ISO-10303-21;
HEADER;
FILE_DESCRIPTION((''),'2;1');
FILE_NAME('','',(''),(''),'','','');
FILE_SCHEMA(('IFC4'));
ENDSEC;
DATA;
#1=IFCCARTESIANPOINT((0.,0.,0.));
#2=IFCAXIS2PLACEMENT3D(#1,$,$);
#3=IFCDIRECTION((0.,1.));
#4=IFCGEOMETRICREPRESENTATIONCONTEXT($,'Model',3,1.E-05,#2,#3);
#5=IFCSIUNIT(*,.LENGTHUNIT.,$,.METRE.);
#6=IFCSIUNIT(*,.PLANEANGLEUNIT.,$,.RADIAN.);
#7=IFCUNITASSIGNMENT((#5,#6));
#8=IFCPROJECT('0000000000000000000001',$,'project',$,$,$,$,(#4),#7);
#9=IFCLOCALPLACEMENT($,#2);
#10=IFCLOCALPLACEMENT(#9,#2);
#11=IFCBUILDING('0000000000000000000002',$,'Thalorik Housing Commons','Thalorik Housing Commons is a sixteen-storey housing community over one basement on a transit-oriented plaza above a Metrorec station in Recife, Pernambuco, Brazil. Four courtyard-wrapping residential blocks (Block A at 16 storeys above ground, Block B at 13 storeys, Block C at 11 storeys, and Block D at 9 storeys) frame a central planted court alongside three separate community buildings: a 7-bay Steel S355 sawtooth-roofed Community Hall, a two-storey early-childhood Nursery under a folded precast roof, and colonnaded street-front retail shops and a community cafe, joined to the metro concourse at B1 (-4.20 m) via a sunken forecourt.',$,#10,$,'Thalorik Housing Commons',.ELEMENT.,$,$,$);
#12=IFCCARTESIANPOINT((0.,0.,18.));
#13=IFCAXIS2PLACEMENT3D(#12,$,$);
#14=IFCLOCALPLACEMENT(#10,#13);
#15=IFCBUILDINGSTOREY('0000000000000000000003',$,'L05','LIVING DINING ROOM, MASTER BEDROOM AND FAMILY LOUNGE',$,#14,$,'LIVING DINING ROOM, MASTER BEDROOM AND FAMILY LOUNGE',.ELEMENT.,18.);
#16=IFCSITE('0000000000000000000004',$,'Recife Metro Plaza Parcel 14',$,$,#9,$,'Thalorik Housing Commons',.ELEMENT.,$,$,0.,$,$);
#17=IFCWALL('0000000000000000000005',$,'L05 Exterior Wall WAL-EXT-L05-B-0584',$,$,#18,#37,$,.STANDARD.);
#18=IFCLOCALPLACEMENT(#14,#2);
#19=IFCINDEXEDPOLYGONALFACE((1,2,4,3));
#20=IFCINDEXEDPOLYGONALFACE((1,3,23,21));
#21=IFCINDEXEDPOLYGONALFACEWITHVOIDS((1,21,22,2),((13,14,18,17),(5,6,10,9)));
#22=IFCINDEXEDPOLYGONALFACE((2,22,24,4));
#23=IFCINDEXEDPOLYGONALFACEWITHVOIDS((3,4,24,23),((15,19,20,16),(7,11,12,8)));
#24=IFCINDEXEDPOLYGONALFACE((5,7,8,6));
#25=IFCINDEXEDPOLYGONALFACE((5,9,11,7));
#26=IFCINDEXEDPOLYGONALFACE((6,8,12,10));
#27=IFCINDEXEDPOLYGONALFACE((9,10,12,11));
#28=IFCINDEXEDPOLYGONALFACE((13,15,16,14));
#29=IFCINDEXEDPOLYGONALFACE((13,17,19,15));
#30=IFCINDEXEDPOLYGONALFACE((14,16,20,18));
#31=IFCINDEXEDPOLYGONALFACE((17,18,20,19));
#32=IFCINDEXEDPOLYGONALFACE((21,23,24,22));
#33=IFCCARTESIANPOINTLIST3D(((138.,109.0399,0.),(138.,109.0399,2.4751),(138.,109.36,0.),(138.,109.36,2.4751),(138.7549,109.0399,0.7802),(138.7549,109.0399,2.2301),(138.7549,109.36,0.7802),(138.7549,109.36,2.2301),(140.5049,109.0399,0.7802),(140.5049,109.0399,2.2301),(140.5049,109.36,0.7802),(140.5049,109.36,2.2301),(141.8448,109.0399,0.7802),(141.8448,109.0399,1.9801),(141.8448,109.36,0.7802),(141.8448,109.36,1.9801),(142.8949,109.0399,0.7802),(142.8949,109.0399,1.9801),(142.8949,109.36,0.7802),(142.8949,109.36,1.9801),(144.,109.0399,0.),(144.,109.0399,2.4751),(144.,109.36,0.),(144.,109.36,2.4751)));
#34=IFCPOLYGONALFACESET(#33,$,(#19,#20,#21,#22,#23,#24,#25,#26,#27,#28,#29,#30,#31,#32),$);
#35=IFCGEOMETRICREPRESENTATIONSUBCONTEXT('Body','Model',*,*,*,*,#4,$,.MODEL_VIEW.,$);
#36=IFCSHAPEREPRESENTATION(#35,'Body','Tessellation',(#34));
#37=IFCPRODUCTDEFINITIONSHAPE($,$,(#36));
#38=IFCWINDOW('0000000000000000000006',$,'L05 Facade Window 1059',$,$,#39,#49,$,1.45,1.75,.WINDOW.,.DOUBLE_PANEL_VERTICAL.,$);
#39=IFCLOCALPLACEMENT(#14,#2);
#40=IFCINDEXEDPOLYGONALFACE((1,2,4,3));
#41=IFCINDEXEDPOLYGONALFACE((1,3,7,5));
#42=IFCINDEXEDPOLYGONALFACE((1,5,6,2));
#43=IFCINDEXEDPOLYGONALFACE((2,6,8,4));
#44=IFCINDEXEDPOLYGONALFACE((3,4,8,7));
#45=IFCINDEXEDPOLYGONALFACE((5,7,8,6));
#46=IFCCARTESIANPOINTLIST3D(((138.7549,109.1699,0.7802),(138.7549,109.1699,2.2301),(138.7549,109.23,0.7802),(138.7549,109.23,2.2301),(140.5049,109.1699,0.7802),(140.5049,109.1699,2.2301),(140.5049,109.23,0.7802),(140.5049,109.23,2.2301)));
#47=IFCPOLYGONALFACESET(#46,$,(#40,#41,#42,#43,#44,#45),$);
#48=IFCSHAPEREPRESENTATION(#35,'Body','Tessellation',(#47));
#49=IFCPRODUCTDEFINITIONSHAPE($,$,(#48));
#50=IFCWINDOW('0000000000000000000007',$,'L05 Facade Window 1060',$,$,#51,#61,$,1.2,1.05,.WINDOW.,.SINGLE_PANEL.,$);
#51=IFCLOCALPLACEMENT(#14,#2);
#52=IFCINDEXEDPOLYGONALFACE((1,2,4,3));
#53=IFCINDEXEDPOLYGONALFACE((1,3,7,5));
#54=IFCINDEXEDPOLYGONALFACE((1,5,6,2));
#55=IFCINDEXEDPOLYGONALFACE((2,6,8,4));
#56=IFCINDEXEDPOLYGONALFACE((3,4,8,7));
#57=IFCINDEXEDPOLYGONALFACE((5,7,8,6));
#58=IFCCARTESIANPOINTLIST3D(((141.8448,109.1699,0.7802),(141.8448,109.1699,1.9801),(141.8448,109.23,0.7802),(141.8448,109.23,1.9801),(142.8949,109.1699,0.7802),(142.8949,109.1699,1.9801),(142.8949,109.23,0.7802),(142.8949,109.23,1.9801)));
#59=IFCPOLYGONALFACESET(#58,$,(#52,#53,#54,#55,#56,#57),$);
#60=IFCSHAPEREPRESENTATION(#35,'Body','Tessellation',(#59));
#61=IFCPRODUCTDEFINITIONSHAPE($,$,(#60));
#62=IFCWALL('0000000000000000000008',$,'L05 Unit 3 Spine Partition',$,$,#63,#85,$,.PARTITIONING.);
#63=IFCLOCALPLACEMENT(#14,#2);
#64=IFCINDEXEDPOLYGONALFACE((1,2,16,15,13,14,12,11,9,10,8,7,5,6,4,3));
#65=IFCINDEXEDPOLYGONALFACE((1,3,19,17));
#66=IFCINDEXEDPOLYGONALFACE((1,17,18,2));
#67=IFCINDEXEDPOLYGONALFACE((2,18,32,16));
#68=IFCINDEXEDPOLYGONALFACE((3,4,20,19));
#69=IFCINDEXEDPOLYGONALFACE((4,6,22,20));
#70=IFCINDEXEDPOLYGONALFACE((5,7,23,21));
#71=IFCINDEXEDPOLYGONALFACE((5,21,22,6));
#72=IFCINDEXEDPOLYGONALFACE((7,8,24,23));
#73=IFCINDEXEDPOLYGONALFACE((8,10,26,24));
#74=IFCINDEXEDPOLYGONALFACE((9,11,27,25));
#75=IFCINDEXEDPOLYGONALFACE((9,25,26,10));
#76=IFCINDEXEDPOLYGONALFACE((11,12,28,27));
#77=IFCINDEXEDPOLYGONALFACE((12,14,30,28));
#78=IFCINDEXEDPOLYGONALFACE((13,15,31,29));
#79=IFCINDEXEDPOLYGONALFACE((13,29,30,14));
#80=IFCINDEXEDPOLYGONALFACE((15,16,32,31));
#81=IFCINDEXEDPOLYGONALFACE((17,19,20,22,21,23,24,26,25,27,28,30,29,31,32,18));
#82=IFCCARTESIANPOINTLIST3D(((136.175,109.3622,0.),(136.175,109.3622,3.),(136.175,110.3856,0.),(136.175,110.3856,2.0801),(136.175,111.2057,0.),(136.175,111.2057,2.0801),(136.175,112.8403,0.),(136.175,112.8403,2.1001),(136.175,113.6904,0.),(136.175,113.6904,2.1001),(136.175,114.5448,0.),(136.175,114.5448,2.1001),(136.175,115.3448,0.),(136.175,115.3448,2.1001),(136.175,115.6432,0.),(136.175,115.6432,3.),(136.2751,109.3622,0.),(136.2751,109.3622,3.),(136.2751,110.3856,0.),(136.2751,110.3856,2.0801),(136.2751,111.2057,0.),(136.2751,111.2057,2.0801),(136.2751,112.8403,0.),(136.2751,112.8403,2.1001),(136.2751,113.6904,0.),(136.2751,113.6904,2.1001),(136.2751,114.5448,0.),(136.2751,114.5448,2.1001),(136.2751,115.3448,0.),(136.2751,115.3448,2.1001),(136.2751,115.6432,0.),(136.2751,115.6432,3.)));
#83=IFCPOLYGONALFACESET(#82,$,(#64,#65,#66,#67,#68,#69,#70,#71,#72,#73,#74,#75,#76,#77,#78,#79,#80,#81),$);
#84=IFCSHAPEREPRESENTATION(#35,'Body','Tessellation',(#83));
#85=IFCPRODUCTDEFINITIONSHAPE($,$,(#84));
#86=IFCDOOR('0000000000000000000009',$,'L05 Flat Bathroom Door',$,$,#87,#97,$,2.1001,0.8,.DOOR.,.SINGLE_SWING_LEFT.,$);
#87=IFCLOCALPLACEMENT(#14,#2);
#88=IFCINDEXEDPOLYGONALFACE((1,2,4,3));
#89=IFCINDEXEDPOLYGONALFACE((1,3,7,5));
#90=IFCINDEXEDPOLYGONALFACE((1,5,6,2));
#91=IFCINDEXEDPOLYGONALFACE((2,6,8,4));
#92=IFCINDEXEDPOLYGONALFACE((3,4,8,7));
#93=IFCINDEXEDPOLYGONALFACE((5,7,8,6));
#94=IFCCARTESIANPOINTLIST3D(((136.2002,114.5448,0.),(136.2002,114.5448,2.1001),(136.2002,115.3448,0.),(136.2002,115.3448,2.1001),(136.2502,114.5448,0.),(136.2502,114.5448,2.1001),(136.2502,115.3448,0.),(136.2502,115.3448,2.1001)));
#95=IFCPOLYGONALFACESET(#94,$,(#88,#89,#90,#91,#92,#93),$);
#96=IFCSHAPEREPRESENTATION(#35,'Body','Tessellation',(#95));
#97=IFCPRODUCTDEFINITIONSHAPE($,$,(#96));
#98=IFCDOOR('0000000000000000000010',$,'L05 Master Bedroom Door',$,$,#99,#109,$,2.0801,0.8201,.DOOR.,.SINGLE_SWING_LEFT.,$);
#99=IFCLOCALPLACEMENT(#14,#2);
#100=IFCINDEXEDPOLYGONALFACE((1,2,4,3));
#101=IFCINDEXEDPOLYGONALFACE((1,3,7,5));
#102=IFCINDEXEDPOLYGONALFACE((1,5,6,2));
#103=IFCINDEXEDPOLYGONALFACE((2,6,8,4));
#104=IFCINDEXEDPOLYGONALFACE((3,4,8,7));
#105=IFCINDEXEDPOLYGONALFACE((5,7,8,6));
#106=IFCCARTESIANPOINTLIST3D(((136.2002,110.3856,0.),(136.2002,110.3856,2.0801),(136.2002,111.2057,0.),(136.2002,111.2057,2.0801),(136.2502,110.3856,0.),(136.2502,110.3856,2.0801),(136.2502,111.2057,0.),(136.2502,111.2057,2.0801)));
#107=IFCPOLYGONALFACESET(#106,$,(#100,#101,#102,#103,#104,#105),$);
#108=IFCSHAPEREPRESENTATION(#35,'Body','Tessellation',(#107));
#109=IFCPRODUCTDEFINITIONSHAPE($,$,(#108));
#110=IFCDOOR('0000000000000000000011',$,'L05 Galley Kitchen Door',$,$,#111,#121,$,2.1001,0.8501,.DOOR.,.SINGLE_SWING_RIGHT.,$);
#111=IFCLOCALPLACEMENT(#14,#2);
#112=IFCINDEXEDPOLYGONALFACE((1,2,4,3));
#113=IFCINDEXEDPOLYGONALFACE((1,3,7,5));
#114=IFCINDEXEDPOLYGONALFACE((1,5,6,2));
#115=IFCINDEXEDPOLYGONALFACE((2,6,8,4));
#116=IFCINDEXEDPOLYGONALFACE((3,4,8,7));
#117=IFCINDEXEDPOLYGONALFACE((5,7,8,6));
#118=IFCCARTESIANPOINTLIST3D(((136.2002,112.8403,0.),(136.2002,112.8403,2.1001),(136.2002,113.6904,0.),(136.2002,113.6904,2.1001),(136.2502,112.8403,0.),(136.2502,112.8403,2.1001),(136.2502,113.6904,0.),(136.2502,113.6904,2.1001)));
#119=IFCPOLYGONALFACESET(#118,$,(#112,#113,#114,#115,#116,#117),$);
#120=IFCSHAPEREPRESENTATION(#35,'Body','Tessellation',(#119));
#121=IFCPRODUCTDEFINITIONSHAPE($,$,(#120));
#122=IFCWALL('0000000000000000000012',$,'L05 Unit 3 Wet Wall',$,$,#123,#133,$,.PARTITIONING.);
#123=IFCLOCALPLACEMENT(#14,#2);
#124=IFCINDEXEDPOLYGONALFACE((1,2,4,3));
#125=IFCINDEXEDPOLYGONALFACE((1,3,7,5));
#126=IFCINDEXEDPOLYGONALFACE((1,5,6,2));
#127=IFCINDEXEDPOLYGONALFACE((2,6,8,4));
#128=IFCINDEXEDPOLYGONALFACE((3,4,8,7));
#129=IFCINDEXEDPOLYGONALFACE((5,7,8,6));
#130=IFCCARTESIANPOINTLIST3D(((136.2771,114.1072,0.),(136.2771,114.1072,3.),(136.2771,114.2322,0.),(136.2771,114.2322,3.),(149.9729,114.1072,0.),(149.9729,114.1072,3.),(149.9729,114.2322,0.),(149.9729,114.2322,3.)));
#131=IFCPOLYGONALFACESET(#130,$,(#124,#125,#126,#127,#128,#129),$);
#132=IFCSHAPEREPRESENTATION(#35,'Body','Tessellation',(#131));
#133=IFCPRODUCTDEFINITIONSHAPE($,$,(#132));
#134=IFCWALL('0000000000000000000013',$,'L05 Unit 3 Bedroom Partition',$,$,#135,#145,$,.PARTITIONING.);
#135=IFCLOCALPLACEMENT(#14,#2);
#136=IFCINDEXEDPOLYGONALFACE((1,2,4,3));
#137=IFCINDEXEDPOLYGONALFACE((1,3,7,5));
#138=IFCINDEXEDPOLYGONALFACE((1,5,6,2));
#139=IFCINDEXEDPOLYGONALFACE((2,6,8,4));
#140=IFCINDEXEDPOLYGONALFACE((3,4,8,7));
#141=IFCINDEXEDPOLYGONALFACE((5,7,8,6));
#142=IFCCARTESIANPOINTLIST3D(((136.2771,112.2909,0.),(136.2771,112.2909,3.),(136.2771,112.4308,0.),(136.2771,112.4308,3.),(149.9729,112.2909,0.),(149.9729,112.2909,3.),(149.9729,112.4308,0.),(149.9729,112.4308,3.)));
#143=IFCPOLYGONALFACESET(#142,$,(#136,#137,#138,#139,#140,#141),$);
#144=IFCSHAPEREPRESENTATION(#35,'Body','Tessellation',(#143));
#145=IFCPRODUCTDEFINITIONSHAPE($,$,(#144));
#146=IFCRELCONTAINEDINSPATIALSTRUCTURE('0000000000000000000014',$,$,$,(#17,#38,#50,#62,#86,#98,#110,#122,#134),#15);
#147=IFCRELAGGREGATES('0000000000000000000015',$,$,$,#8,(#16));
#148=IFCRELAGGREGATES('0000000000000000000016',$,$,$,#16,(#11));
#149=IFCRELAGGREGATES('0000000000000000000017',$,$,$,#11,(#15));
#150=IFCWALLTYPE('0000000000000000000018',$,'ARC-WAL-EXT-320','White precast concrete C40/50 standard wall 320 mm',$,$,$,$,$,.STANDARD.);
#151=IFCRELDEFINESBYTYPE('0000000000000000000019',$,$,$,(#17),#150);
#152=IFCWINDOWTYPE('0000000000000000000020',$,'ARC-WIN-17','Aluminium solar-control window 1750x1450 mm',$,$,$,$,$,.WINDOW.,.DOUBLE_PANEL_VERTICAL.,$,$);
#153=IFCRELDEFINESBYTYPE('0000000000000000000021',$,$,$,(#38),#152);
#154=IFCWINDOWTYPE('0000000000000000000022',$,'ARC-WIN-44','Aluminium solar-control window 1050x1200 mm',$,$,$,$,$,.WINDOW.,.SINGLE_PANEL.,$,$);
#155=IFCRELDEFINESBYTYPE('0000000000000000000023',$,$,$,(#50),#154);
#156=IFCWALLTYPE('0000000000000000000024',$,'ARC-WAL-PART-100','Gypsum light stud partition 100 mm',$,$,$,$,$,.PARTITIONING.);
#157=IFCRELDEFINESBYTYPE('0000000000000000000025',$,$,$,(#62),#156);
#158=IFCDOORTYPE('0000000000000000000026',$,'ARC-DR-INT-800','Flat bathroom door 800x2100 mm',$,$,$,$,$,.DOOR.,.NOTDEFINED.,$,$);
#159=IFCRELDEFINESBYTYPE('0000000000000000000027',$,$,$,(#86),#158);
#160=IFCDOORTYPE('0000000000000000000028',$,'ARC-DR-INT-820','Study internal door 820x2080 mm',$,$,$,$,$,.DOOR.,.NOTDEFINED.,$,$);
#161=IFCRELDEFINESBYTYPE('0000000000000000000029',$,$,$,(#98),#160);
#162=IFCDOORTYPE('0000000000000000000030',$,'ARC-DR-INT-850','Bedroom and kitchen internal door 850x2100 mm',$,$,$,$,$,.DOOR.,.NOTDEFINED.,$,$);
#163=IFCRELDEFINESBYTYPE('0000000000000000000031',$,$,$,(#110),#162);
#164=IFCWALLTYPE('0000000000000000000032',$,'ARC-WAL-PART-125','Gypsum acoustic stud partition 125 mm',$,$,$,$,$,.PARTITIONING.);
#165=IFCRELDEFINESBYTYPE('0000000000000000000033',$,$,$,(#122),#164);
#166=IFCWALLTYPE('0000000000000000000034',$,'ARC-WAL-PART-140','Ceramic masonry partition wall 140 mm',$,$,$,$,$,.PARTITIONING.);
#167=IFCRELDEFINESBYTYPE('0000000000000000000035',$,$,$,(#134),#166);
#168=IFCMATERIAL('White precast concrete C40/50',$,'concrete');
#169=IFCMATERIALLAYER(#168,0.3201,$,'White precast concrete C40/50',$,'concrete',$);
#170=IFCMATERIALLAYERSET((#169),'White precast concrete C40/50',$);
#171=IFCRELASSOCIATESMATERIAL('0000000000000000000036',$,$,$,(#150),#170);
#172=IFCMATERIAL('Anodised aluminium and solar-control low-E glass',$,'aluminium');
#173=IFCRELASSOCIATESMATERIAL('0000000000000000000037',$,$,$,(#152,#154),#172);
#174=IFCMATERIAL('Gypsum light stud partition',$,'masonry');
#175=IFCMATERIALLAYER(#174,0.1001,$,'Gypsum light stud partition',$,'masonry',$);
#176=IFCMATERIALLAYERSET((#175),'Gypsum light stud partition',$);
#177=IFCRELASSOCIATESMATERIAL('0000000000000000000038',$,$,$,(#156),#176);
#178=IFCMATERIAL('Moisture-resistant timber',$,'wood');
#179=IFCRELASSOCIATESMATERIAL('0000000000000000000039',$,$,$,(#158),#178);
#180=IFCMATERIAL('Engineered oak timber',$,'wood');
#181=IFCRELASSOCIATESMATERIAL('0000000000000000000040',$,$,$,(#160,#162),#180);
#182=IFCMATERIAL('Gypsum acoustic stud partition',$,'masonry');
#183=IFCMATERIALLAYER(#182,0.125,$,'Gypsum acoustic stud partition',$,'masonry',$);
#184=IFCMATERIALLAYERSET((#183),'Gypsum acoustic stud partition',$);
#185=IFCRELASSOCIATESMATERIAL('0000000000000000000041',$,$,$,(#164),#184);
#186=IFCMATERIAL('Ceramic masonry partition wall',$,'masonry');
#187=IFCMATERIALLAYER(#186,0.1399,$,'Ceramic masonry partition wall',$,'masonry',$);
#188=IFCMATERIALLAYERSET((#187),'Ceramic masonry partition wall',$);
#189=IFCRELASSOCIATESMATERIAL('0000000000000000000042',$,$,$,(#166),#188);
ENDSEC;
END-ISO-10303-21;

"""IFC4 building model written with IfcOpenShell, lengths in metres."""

from ifc_helpers import new_model, si_unit, direction, frame, frame_2d, origin, place, context, subcontext, project, spatial, rectangle, extrude, material, layer, layer_set, type_object, element, fill, save


model = new_model("IFC4")

# Units and contexts
model_context = context("Model", 3, precision=1e-05, world=origin(), true_north=direction((0.0, 1.0)))
body_context = subcontext(model_context, "Body", "Model", "MODEL_VIEW")
ifc_project = project(units=[si_unit("LENGTHUNIT", "METRE"), si_unit("PLANEANGLEUNIT", "RADIAN")], contexts=[model_context])

# Site, building, storey
site_placement = place(None, origin())
site = spatial("IfcSite", under=ifc_project, at=site_placement, Name="Recife Metro Plaza Parcel 14", LongName="Thalorik Housing Commons", CompositionType="ELEMENT", RefElevation=0.0)
building_placement = place(site_placement, origin())
building = spatial("IfcBuilding", under=site, at=building_placement, Name="Thalorik Housing Commons", Description="Thalorik Housing Commons is a sixteen-storey housing community over one basement on a transit-oriented plaza above a Metrorec station in Recife, Pernambuco, Brazil. Four courtyard-wrapping residential blocks (Block A at 16 storeys above ground, Block B at 13 storeys, Block C at 11 storeys, and Block D at 9 storeys) frame a central planted court alongside three separate community buildings: a 7-bay Steel S355 sawtooth-roofed Community Hall, a two-storey early-childhood Nursery under a folded precast roof, and colonnaded street-front retail shops and a community cafe, joined to the metro concourse at B1 (-4.20 m) via a sunken forecourt.", LongName="Thalorik Housing Commons", CompositionType="ELEMENT")
storey_placement = place(building_placement, frame((0.0, 0.0, 18.0)))
storey = spatial("IfcBuildingStorey", under=building, at=storey_placement, Name="L05", Description="LIVING DINING ROOM, MASTER BEDROOM AND FAMILY LOUNGE", LongName="LIVING DINING ROOM, MASTER BEDROOM AND FAMILY LOUNGE", CompositionType="ELEMENT", Elevation=18.0)

# Wall, openings, windows
ifc_material_1 = material(Name="White precast concrete C40/50", Category="concrete")
ifc_layer_1 = layer(ifc_material_1, 0.3201, Name="White precast concrete C40/50", Category="concrete")
ifc_layer_set_1 = layer_set([ifc_layer_1], Name="White precast concrete C40/50")
wall_type_1 = type_object("IfcWallType", Name="ARC-WAL-EXT-320", Description="White precast concrete C40/50 standard wall 320 mm", PredefinedType="STANDARD", material=ifc_layer_set_1)
ifc_material_2 = material(Name="Anodised aluminium and solar-control low-E glass", Category="aluminium")
wall_1_placement = place(storey_placement, frame((138.0, 109.2, 0.0), z_axis=(0.0, 0.0, 1.0), x_axis=(1.0, 0.0, 0.0)))
wall_1 = element("IfcWall", 1, at=wall_1_placement, inside=storey, type_object=wall_type_1, Name="L05 Exterior Wall WAL-EXT-L05-B-0584", PredefinedType="STANDARD", context=body_context, shape_type="SweptSolid", body=[
    extrude(rectangle(XDim=6.0, YDim=0.3201, at=frame_2d((3.0, 0.0))), origin(), (0.0, 0.0, 1.0), 2.4751),
])
opening_1_placement = place(wall_1_placement, frame((0.7549, 0.0, 0.78)))
opening_1 = element("IfcOpeningElement", 2, at=opening_1_placement, cuts=wall_1, PredefinedType="OPENING", context=body_context, shape_type="SweptSolid", body=[
    extrude(rectangle(XDim=1.75, YDim=1.45, at=frame_2d((0.875, 0.7251))), frame((0.0, 0.1699, 0.0), z_axis=(0.0, -1.0, 0.0), x_axis=(1.0, 0.0, 0.0)), (0.0, 0.0, 1.0), 0.3401),
])
opening_2_placement = place(wall_1_placement, frame((3.845, 0.0, 0.78)))
opening_2 = element("IfcOpeningElement", 3, at=opening_2_placement, cuts=wall_1, PredefinedType="OPENING", context=body_context, shape_type="SweptSolid", body=[
    extrude(rectangle(XDim=1.05, YDim=1.2, at=frame_2d((0.5249, 0.6001))), frame((0.0, 0.1699, 0.0), z_axis=(0.0, -1.0, 0.0), x_axis=(1.0, 0.0, 0.0)), (0.0, 0.0, 1.0), 0.3401),
])
window_type_1 = type_object("IfcWindowType", Name="ARC-WIN-17", Description="Aluminium solar-control window 1750x1450 mm", PartitioningType="DOUBLE_PANEL_VERTICAL", PredefinedType="WINDOW", material=ifc_material_2)
window_1_placement = place(opening_1_placement, origin())
window_1 = element("IfcWindow", 4, at=window_1_placement, inside=storey, type_object=window_type_1, Name="L05 Facade Window 1059", OverallHeight=1.45, OverallWidth=1.75, PartitioningType="DOUBLE_PANEL_VERTICAL", PredefinedType="WINDOW", context=body_context, shape_type="SweptSolid", body=[
    extrude(rectangle(XDim=1.75, YDim=1.45, at=frame_2d((0.875, 0.7251))), frame((0.0, 0.03, 0.0), z_axis=(0.0, -1.0, 0.0), x_axis=(1.0, 0.0, 0.0)), (0.0, 0.0, 1.0), 0.0601),
])
fill(opening_1, window_1)
window_type_2 = type_object("IfcWindowType", Name="ARC-WIN-44", Description="Aluminium solar-control window 1050x1200 mm", PartitioningType="SINGLE_PANEL", PredefinedType="WINDOW", material=ifc_material_2)
window_2_placement = place(opening_2_placement, origin())
window_2 = element("IfcWindow", 5, at=window_2_placement, inside=storey, type_object=window_type_2, Name="L05 Facade Window 1060", OverallHeight=1.2, OverallWidth=1.05, PartitioningType="SINGLE_PANEL", PredefinedType="WINDOW", context=body_context, shape_type="SweptSolid", body=[
    extrude(rectangle(XDim=1.05, YDim=1.2, at=frame_2d((0.5249, 0.6001))), frame((0.0, 0.03, 0.0), z_axis=(0.0, -1.0, 0.0), x_axis=(1.0, 0.0, 0.0)), (0.0, 0.0, 1.0), 0.0601),
])
fill(opening_2, window_2)

# Wall, openings, doors
ifc_material_3 = material(Name="Gypsum light stud partition", Category="masonry")
ifc_layer_2 = layer(ifc_material_3, 0.1001, Name="Gypsum light stud partition", Category="masonry")
ifc_layer_set_2 = layer_set([ifc_layer_2], Name="Gypsum light stud partition")
wall_type_2 = type_object("IfcWallType", Name="ARC-WAL-PART-100", Description="Gypsum light stud partition 100 mm", PredefinedType="PARTITIONING", material=ifc_layer_set_2)
wall_2_placement = place(storey_placement, frame((136.2251, 109.3621, 0.0), z_axis=(0.0, 0.0, 1.0), x_axis=(0.0, 1.0, 0.0)))
wall_2 = element("IfcWall", 6, at=wall_2_placement, inside=storey, type_object=wall_type_2, Name="L05 Unit 3 Spine Partition", PredefinedType="PARTITIONING", context=body_context, shape_type="SweptSolid", body=[
    extrude(rectangle(XDim=6.281, YDim=0.1001, at=frame_2d((3.1406, 0.0))), origin(), (0.0, 0.0, 1.0), 3.0),
])
opening_3_placement = place(wall_2_placement, frame((1.0234, 0.0, 0.0)))
opening_3 = element("IfcOpeningElement", 7, at=opening_3_placement, cuts=wall_2, PredefinedType="OPENING", context=body_context, shape_type="SweptSolid", body=[
    extrude(rectangle(XDim=0.8201, YDim=2.0801, at=frame_2d((0.4102, 1.04))), frame((0.0, 0.0601, 0.0), z_axis=(0.0, -1.0, 0.0), x_axis=(1.0, 0.0, 0.0)), (0.0, 0.0, 1.0), 0.1201),
])
opening_4_placement = place(wall_2_placement, frame((3.4783, 0.0, 0.0)))
opening_4 = element("IfcOpeningElement", 8, at=opening_4_placement, cuts=wall_2, PredefinedType="OPENING", context=body_context, shape_type="SweptSolid", body=[
    extrude(rectangle(XDim=0.8501, YDim=2.1001, at=frame_2d((0.425, 1.05))), frame((0.0, 0.0601, 0.0), z_axis=(0.0, -1.0, 0.0), x_axis=(1.0, 0.0, 0.0)), (0.0, 0.0, 1.0), 0.1201),
])
opening_5_placement = place(wall_2_placement, frame((5.1829, 0.0, 0.0)))
opening_5 = element("IfcOpeningElement", 9, at=opening_5_placement, cuts=wall_2, PredefinedType="OPENING", context=body_context, shape_type="SweptSolid", body=[
    extrude(rectangle(XDim=0.8, YDim=2.1001, at=frame_2d((0.3999, 1.05))), frame((0.0, 0.0601, 0.0), z_axis=(0.0, -1.0, 0.0), x_axis=(1.0, 0.0, 0.0)), (0.0, 0.0, 1.0), 0.1201),
])
ifc_material_4 = material(Name="Moisture-resistant timber", Category="wood")
door_type_1 = type_object("IfcDoorType", Name="ARC-DR-INT-800", Description="Flat bathroom door 800x2100 mm", OperationType="NOTDEFINED", PredefinedType="DOOR", material=ifc_material_4)
door_1_placement = place(opening_5_placement, origin())
door_1 = element("IfcDoor", 10, at=door_1_placement, inside=storey, type_object=door_type_1, Name="L05 Flat Bathroom Door", OperationType="SINGLE_SWING_LEFT", OverallHeight=2.1001, OverallWidth=0.8, PredefinedType="DOOR", context=body_context, shape_type="SweptSolid", body=[
    extrude(rectangle(XDim=0.8, YDim=2.1001, at=frame_2d((0.3999, 1.05))), frame((0.0, 0.0249, 0.0), z_axis=(0.0, -1.0, 0.0), x_axis=(1.0, 0.0, 0.0)), (0.0, 0.0, 1.0), 0.05),
])
fill(opening_5, door_1)
ifc_material_5 = material(Name="Engineered oak timber", Category="wood")
door_type_2 = type_object("IfcDoorType", Name="ARC-DR-INT-820", Description="Study internal door 820x2080 mm", OperationType="NOTDEFINED", PredefinedType="DOOR", material=ifc_material_5)
door_2_placement = place(opening_3_placement, origin())
door_2 = element("IfcDoor", 11, at=door_2_placement, inside=storey, type_object=door_type_2, Name="L05 Master Bedroom Door", OperationType="SINGLE_SWING_LEFT", OverallHeight=2.0801, OverallWidth=0.8201, PredefinedType="DOOR", context=body_context, shape_type="SweptSolid", body=[
    extrude(rectangle(XDim=0.8201, YDim=2.0801, at=frame_2d((0.4102, 1.04))), frame((0.0, 0.0249, 0.0), z_axis=(0.0, -1.0, 0.0), x_axis=(1.0, 0.0, 0.0)), (0.0, 0.0, 1.0), 0.05),
])
fill(opening_3, door_2)
door_type_3 = type_object("IfcDoorType", Name="ARC-DR-INT-850", Description="Bedroom and kitchen internal door 850x2100 mm", OperationType="NOTDEFINED", PredefinedType="DOOR", material=ifc_material_5)
door_3_placement = place(opening_4_placement, origin())
door_3 = element("IfcDoor", 12, at=door_3_placement, inside=storey, type_object=door_type_3, Name="L05 Galley Kitchen Door", OperationType="SINGLE_SWING_RIGHT", OverallHeight=2.1001, OverallWidth=0.8501, PredefinedType="DOOR", context=body_context, shape_type="SweptSolid", body=[
    extrude(rectangle(XDim=0.8501, YDim=2.1001, at=frame_2d((0.425, 1.05))), frame((0.0, 0.0249, 0.0), z_axis=(0.0, -1.0, 0.0), x_axis=(1.0, 0.0, 0.0)), (0.0, 0.0, 1.0), 0.05),
])
fill(opening_4, door_3)

# Walls
ifc_material_6 = material(Name="Gypsum acoustic stud partition", Category="masonry")
ifc_layer_3 = layer(ifc_material_6, 0.125, Name="Gypsum acoustic stud partition", Category="masonry")
ifc_layer_set_3 = layer_set([ifc_layer_3], Name="Gypsum acoustic stud partition")
wall_type_3 = type_object("IfcWallType", Name="ARC-WAL-PART-125", Description="Gypsum acoustic stud partition 125 mm", PredefinedType="PARTITIONING", material=ifc_layer_set_3)
wall_3_placement = place(storey_placement, frame((136.2771, 114.1697, 0.0), z_axis=(0.0, 0.0, 1.0), x_axis=(1.0, 0.0, 0.0)))
element("IfcWall", 13, at=wall_3_placement, inside=storey, type_object=wall_type_3, Name="L05 Unit 3 Wet Wall", PredefinedType="PARTITIONING", context=body_context, shape_type="SweptSolid", body=[
    extrude(rectangle(XDim=13.6958, YDim=0.125, at=frame_2d((6.8479, 0.0))), origin(), (0.0, 0.0, 1.0), 3.0),
])
ifc_material_7 = material(Name="Ceramic masonry partition wall", Category="masonry")
ifc_layer_4 = layer(ifc_material_7, 0.1399, Name="Ceramic masonry partition wall", Category="masonry")
ifc_layer_set_4 = layer_set([ifc_layer_4], Name="Ceramic masonry partition wall")
wall_type_4 = type_object("IfcWallType", Name="ARC-WAL-PART-140", Description="Ceramic masonry partition wall 140 mm", PredefinedType="PARTITIONING", material=ifc_layer_set_4)
wall_4_placement = place(storey_placement, frame((136.2771, 112.3608, 0.0), z_axis=(0.0, 0.0, 1.0), x_axis=(1.0, 0.0, 0.0)))
element("IfcWall", 14, at=wall_4_placement, inside=storey, type_object=wall_type_4, Name="L05 Unit 3 Bedroom Partition", PredefinedType="PARTITIONING", context=body_context, shape_type="SweptSolid", body=[
    extrude(rectangle(XDim=13.6958, YDim=0.1399, at=frame_2d((6.8479, 0.0))), origin(), (0.0, 0.0, 1.0), 3.0),
])

save(model, "model.ifc")
